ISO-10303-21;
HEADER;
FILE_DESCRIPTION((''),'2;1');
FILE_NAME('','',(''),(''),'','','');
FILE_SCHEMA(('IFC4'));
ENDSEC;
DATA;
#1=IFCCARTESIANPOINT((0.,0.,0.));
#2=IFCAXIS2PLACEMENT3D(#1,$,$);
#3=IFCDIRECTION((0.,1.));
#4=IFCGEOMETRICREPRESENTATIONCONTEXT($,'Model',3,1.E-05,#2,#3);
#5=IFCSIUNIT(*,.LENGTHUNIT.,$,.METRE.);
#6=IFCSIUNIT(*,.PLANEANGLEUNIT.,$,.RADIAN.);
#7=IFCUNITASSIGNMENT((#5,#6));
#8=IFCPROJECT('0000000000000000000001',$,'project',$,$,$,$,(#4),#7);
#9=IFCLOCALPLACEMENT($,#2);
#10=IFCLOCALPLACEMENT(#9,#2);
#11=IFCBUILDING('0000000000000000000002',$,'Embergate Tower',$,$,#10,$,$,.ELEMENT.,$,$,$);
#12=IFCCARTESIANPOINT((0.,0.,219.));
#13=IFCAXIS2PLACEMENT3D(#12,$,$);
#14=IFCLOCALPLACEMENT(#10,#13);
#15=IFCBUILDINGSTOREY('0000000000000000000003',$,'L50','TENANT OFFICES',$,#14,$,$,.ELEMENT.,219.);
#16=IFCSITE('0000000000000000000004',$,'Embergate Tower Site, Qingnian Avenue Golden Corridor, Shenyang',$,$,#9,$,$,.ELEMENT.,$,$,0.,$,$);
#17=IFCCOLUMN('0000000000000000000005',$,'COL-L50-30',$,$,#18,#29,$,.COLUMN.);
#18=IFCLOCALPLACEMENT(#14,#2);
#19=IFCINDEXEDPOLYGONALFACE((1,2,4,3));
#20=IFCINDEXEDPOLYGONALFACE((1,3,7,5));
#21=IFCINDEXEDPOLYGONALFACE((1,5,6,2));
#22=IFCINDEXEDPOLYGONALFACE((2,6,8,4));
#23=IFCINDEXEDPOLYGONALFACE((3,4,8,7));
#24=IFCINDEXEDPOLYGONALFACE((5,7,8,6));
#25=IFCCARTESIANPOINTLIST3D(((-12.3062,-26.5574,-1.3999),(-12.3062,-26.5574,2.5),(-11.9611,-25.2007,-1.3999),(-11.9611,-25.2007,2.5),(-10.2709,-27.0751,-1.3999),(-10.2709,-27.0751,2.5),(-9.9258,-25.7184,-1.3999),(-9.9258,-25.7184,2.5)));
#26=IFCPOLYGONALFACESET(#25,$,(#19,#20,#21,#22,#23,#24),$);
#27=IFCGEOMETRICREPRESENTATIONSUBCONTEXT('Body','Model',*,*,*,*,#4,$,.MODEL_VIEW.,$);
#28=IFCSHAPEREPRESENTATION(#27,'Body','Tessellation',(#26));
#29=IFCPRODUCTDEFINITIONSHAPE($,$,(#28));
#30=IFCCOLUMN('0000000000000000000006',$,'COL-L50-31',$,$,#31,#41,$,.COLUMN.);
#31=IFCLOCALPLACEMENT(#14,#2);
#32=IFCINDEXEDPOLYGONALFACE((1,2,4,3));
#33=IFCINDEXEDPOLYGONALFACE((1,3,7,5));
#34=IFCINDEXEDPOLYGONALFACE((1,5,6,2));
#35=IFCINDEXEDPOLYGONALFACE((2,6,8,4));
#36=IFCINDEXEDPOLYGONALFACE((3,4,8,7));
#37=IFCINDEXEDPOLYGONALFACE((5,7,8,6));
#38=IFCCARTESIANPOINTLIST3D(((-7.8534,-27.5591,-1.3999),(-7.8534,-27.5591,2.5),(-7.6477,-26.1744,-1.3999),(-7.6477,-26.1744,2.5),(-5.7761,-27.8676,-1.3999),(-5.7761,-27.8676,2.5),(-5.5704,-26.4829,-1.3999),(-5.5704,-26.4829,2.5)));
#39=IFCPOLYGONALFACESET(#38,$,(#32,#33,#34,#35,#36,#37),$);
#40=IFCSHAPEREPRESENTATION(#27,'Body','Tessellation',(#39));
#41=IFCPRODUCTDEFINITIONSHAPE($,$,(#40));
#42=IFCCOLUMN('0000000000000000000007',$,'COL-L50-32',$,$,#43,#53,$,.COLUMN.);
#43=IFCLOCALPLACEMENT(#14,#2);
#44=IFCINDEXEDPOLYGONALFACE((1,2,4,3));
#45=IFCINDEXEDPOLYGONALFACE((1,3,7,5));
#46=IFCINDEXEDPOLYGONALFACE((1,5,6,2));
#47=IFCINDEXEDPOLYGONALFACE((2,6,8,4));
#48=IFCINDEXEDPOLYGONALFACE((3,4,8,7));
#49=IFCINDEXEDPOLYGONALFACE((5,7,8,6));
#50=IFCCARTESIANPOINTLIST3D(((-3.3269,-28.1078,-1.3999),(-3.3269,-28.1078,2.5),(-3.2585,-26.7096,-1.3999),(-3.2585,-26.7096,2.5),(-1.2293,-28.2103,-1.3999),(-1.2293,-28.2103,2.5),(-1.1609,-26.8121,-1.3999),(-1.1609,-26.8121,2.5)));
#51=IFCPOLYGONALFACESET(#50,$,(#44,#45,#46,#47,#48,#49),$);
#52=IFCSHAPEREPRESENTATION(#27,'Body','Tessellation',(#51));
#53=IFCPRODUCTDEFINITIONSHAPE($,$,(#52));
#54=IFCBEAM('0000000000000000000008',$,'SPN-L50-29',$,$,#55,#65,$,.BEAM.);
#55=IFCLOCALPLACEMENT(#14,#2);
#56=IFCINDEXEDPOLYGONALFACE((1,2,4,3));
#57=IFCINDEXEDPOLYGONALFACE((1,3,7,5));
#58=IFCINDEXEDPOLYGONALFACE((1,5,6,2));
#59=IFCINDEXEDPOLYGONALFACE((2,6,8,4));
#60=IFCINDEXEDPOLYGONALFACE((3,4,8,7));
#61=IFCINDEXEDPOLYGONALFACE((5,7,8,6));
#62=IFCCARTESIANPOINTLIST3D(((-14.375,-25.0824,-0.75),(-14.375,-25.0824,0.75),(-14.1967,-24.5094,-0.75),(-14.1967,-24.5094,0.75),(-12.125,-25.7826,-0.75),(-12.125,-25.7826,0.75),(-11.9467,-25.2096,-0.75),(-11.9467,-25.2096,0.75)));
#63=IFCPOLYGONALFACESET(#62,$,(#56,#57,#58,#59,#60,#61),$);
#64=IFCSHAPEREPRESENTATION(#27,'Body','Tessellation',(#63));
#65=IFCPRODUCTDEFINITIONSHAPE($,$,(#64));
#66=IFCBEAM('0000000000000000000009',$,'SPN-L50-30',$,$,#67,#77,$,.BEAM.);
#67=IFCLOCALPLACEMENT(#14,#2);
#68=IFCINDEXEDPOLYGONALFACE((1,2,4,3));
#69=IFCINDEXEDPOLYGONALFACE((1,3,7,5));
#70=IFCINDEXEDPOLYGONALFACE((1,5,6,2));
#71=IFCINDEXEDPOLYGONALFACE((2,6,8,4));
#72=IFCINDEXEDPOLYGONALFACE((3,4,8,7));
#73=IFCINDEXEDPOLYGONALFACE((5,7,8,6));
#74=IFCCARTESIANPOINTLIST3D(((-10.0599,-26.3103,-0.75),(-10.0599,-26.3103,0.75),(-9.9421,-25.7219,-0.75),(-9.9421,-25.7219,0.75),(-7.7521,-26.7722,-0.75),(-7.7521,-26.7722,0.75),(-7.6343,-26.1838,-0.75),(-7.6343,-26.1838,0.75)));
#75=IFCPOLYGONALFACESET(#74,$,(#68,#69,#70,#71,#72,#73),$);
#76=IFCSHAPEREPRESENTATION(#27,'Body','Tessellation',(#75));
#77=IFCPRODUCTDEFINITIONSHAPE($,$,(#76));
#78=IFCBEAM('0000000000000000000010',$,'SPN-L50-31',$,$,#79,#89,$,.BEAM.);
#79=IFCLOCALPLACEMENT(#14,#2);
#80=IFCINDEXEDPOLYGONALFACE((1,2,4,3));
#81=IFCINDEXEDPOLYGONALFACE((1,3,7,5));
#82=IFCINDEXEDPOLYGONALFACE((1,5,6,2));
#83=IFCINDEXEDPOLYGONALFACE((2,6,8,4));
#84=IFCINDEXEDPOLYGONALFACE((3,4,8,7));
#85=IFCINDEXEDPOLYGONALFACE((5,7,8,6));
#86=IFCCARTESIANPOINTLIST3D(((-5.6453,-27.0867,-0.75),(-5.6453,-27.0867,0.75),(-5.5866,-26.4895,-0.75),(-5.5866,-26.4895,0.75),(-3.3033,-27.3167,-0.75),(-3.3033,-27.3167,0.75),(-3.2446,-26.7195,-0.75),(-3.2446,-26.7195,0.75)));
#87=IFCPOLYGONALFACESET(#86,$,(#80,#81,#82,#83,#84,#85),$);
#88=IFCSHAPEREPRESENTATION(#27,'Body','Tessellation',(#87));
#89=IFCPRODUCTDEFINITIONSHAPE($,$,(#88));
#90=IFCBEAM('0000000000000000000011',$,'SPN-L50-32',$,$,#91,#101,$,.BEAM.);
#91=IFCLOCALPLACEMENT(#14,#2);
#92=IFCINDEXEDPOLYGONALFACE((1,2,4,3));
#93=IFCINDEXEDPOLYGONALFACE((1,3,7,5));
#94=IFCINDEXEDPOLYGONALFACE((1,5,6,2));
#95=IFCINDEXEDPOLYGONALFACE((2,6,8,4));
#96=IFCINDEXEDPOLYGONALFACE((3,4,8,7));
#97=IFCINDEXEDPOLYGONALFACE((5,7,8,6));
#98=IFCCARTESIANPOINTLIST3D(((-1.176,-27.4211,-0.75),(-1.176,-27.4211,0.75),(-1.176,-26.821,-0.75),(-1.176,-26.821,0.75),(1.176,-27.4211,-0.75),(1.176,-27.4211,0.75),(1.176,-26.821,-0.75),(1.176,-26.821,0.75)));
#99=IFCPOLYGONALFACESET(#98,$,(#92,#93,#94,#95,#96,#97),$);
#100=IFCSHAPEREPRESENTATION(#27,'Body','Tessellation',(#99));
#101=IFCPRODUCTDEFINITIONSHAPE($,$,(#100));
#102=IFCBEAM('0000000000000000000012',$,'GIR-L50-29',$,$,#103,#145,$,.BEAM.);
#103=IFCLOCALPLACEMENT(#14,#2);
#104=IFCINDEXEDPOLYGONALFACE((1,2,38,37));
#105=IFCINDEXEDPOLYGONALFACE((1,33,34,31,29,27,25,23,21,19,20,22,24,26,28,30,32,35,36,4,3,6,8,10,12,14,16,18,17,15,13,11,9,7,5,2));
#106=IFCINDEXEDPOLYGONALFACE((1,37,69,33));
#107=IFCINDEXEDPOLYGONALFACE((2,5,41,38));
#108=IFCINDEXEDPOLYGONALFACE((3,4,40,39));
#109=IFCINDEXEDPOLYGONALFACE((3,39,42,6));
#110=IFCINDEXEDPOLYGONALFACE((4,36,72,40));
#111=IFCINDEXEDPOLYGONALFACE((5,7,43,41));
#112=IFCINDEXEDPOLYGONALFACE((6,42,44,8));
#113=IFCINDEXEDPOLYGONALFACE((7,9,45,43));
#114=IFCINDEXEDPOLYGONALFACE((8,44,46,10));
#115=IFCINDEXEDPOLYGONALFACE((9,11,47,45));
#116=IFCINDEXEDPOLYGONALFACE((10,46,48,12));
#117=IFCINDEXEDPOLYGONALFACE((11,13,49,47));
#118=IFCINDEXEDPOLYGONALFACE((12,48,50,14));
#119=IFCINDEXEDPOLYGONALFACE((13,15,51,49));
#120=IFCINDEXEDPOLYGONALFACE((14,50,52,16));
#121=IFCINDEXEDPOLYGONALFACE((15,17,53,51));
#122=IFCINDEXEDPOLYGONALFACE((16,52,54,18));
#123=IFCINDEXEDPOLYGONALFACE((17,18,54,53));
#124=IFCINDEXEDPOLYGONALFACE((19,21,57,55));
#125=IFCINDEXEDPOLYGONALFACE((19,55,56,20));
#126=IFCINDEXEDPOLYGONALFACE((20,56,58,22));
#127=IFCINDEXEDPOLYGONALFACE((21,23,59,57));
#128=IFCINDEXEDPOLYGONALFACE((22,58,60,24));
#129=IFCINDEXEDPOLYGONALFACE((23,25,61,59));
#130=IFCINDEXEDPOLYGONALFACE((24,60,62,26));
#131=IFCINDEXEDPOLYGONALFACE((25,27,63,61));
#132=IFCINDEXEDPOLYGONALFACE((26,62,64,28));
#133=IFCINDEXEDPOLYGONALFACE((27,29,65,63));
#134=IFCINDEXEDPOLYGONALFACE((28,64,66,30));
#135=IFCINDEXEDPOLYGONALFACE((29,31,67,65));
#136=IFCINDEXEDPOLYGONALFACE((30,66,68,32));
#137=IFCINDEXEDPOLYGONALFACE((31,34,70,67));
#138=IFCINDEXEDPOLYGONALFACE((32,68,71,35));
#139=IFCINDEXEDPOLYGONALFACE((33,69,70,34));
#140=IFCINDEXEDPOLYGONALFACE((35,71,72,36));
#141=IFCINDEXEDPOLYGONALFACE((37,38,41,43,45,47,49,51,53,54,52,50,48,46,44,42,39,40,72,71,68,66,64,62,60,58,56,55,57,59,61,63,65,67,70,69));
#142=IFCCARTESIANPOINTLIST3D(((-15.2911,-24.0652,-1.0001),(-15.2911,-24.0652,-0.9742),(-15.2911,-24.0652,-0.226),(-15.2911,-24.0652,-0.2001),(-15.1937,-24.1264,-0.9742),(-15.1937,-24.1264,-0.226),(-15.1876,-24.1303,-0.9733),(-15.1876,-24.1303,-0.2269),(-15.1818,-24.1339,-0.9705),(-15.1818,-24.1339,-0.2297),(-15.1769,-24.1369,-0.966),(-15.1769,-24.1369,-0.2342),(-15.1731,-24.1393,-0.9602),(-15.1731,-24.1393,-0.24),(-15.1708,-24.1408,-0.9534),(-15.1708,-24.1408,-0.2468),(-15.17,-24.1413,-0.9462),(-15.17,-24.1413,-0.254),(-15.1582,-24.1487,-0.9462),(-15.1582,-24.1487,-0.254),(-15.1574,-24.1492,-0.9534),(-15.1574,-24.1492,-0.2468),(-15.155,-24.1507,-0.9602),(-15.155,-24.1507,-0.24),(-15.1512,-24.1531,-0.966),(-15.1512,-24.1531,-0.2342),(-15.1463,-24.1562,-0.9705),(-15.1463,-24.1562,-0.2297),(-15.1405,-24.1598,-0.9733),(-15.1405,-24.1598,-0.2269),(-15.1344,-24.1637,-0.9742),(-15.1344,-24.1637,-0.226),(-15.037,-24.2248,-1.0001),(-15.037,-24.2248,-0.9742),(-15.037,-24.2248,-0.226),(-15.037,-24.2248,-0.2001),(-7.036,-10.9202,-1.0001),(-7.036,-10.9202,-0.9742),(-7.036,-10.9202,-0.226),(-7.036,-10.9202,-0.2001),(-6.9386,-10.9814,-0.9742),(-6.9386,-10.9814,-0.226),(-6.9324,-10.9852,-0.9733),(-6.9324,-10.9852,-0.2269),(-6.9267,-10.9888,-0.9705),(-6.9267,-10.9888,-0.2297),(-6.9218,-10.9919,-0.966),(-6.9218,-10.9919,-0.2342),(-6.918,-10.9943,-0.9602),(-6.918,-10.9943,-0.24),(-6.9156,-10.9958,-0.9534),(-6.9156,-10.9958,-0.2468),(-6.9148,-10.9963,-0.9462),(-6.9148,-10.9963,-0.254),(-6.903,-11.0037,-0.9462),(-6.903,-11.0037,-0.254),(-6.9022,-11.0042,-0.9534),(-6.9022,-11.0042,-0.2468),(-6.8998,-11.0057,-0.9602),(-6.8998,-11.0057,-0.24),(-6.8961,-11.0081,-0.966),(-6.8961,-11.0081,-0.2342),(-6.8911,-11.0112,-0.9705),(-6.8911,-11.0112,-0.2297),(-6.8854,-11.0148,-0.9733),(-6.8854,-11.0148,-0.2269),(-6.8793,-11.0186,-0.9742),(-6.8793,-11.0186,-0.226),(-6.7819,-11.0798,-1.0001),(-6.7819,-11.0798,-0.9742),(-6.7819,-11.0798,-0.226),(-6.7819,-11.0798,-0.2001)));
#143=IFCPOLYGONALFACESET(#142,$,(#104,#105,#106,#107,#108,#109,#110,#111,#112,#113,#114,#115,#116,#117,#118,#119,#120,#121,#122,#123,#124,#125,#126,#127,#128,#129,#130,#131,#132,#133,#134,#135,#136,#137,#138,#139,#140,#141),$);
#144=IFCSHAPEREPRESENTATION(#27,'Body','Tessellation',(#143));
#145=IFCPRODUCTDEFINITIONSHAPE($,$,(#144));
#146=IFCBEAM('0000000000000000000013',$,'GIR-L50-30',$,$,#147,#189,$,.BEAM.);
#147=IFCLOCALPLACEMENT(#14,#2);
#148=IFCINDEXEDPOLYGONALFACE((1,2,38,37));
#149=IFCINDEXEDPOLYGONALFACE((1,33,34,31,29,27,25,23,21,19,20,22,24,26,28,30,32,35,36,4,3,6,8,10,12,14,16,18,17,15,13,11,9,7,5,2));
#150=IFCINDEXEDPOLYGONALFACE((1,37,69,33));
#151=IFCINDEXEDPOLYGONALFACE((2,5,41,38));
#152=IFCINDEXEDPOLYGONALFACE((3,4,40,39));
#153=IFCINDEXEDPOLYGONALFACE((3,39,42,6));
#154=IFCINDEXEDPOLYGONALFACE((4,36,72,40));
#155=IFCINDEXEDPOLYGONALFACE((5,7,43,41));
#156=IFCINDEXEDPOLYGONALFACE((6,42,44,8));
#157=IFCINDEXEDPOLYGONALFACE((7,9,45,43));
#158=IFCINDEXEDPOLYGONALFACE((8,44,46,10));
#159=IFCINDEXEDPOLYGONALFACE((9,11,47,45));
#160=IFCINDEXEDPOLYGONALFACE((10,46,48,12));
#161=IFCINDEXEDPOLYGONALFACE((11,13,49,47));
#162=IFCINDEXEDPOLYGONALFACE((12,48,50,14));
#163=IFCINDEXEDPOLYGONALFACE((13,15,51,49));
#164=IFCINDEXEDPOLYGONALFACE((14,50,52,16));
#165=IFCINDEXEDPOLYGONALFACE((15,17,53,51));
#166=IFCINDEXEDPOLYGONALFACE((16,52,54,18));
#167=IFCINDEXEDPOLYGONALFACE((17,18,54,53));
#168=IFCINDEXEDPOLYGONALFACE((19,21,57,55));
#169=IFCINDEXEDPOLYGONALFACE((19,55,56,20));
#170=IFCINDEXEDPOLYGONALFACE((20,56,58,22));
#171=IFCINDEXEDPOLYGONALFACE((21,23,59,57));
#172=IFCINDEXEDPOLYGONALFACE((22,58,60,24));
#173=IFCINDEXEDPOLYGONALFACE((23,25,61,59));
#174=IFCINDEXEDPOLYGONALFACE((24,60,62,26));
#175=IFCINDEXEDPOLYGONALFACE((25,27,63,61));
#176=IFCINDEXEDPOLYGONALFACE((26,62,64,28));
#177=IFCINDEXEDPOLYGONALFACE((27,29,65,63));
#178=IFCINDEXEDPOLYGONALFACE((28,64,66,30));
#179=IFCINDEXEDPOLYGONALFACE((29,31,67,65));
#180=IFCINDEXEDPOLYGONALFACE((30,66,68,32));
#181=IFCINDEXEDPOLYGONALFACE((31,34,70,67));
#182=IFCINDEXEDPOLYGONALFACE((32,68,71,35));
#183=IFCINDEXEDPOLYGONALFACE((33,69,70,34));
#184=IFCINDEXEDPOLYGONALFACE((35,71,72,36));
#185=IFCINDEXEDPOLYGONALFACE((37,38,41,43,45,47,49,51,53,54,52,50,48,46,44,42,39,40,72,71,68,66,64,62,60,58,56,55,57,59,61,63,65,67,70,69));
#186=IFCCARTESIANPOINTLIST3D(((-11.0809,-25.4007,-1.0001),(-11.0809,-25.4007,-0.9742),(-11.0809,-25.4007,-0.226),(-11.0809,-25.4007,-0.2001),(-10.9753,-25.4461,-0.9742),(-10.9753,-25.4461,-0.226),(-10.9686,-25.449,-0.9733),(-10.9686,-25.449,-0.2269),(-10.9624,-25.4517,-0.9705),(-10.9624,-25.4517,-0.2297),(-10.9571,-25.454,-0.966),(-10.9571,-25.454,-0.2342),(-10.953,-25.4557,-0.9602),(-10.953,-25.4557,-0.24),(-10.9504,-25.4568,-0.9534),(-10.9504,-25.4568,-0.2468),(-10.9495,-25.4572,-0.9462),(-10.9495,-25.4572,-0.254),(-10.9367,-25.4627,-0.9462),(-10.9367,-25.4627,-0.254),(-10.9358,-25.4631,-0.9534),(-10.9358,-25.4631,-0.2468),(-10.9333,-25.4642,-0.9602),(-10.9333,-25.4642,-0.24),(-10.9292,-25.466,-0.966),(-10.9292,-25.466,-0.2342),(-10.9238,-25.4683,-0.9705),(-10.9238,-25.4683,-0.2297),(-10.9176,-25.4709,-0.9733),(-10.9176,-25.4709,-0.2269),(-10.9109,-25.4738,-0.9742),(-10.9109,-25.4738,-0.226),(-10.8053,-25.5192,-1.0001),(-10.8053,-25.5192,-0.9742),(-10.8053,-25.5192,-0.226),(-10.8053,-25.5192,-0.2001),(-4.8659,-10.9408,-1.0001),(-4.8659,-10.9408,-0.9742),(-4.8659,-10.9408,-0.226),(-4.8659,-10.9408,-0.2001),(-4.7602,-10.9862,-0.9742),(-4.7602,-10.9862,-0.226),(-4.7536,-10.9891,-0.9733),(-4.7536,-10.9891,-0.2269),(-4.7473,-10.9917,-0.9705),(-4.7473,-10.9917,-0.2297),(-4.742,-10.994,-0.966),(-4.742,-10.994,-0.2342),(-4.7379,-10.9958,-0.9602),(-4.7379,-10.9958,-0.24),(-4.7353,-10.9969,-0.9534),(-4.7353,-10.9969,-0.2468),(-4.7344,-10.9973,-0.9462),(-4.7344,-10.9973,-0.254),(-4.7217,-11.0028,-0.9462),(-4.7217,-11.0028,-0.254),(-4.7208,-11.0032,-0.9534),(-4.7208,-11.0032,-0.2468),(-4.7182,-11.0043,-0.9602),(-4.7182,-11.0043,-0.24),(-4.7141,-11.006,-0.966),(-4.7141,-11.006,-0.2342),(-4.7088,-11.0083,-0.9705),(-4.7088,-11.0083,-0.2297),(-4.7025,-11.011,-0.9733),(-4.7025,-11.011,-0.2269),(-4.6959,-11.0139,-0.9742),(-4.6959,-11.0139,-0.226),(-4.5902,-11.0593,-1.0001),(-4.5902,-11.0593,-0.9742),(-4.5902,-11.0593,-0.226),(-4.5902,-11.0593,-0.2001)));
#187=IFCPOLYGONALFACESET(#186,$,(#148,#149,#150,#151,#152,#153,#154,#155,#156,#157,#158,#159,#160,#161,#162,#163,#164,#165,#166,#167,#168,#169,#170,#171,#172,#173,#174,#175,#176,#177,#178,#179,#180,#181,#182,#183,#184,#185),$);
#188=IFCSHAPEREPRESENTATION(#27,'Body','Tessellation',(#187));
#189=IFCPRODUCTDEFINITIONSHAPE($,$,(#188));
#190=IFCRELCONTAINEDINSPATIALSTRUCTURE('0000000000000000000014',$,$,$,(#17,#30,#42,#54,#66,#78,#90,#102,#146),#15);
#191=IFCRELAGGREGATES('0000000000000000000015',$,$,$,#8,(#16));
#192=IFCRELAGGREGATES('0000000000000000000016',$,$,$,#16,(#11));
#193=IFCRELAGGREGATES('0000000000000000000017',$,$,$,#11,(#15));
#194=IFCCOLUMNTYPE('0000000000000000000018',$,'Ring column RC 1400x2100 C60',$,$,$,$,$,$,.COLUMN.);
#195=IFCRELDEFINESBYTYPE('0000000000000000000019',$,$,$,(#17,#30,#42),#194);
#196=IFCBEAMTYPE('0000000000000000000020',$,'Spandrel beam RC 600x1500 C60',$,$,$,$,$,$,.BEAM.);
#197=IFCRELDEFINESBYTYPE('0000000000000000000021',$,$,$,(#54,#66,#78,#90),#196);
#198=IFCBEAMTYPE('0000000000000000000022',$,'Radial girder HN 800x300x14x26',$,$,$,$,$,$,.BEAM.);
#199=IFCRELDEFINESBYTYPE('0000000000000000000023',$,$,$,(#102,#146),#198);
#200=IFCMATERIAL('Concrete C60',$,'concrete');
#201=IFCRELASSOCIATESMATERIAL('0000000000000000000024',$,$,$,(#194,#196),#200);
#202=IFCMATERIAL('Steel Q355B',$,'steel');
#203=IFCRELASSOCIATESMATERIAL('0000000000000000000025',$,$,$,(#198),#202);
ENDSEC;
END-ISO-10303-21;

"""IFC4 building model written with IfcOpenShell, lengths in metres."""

from ifc_helpers import new_model, si_unit, direction, frame, origin, origin_2d, place, context, subcontext, project, spatial, rectangle, i_section, extrude, source, transform, mapped, material, material_profile, profile_set, type_object, element, save


model = new_model("IFC4")

# Units and contexts
model_context = context("Model", 3, precision=1e-05, world=origin(), true_north=direction((0.0, 1.0)))
body_context = subcontext(model_context, "Body", "Model", "MODEL_VIEW")
ifc_project = project(units=[si_unit("LENGTHUNIT", "METRE"), si_unit("PLANEANGLEUNIT", "RADIAN")], contexts=[model_context])

# Site, building, storey
site_placement = place(None, origin())
site = spatial("IfcSite", under=ifc_project, at=site_placement, Name="Embergate Tower Site, Qingnian Avenue Golden Corridor, Shenyang", CompositionType="ELEMENT", RefElevation=0.0)
building_placement = place(site_placement, origin())
building = spatial("IfcBuilding", under=site, at=building_placement, Name="Embergate Tower", CompositionType="ELEMENT")
storey_placement = place(building_placement, frame((0.0, 0.0, 219.0)))
storey = spatial("IfcBuildingStorey", under=building, at=storey_placement, Name="L50", Description="TENANT OFFICES", CompositionType="ELEMENT", Elevation=219.0)

# Columns
ifc_material_1 = material(Name="Concrete C60", Category="concrete")
ifc_material_profile_1 = material_profile(ifc_material_1, rectangle(XDim=1.3999, YDim=2.1001, at=origin_2d()), Name="RC 1400x2100")
ifc_profile_set_1 = profile_set([ifc_material_profile_1], Name="Concrete C60")
column_type = type_object("IfcColumnType", Name="Ring column RC 1400x2100 C60", PredefinedType="COLUMN", material=ifc_profile_set_1)
shared_shape_1 = source(origin(), body_context, "Body", "SweptSolid", [
    extrude(rectangle(XDim=1.3999, YDim=2.1001, at=origin_2d()), origin(), (0.0, 0.0, 1.0), 3.8999),
])
for number, where, z_axis, x_axis, name in (
    (1, (-11.116, -26.1379, -1.3999), (0.0, 0.0, 1.0), (-0.246509, -0.969141, 0.0), "COL-L50-30"),
    (2, (-6.7119, -27.021, -1.3999), (0.0, 0.0, 1.0), (-0.146929, -0.989147, 0.0), "COL-L50-31"),
    (3, (-2.2439, -27.46, -1.3999), (0.0, 0.0, 1.0), (-0.048815, -0.998808, 0.0), "COL-L50-32"),
):
    element("IfcColumn", number, at=place(storey_placement, frame(where, z_axis=z_axis, x_axis=x_axis)), inside=storey, type_object=column_type, Name=name, PredefinedType="COLUMN", context=body_context, shape_type="MappedRepresentation", body=[
        mapped(shared_shape_1, transform((0.0, 0.0, 0.0))),
    ])

# Beams
ifc_material_profile_2 = material_profile(ifc_material_1, rectangle(XDim=0.6001, YDim=1.5, at=origin_2d()), Name="RC 600x1500")
ifc_profile_set_2 = profile_set([ifc_material_profile_2], Name="Concrete C60")
beam_type_1 = type_object("IfcBeamType", Name="Spandrel beam RC 600x1500 C60", PredefinedType="BEAM", material=ifc_profile_set_2)
shared_shape_2 = source(origin(), body_context, "Body", "SweptSolid", [
    extrude(rectangle(XDim=0.6001, YDim=1.5, at=origin_2d()), origin(), (0.0, 0.0, 1.0), 2.3564),
])
beam_1_placement = place(storey_placement, frame((-14.2859, -24.7959, 0.0), z_axis=(0.954833, -0.297142, 0.0), x_axis=(0.297142, 0.954833, 0.0)))
element("IfcBeam", 4, at=beam_1_placement, inside=storey, type_object=beam_type_1, Name="SPN-L50-29", PredefinedType="BEAM", context=body_context, shape_type="MappedRepresentation", body=[
    mapped(shared_shape_2, transform((0.0, 0.0, 0.0))),
])
shared_shape_3 = source(origin(), body_context, "Body", "SweptSolid", [
    extrude(rectangle(XDim=0.6001, YDim=1.5, at=origin_2d()), origin(), (0.0, 0.0, 1.0), 2.3535),
])
beam_2_placement = place(storey_placement, frame((-10.001, -26.0161, 0.0), z_axis=(0.980553, -0.196256, 0.0), x_axis=(0.196256, 0.980553, 0.0)))
element("IfcBeam", 5, at=beam_2_placement, inside=storey, type_object=beam_type_1, Name="SPN-L50-30", PredefinedType="BEAM", context=body_context, shape_type="MappedRepresentation", body=[
    mapped(shared_shape_3, transform((0.0, 0.0, 0.0))),
])
shared_shape_4 = source(origin(), body_context, "Body", "SweptSolid", [
    extrude(rectangle(XDim=0.6001, YDim=1.5, at=origin_2d()), origin(), (0.0, 0.0, 1.0), 2.3533),
])
beam_3_placement = place(storey_placement, frame((-5.616, -26.7881, 0.0), z_axis=(0.995213, -0.097727, 0.0), x_axis=(0.097727, 0.995213, 0.0)))
element("IfcBeam", 6, at=beam_3_placement, inside=storey, type_object=beam_type_1, Name="SPN-L50-31", PredefinedType="BEAM", context=body_context, shape_type="MappedRepresentation", body=[
    mapped(shared_shape_4, transform((0.0, 0.0, 0.0))),
])
shared_shape_5 = source(origin(), body_context, "Body", "SweptSolid", [
    extrude(rectangle(XDim=0.6001, YDim=1.5, at=origin_2d()), origin(), (0.0, 0.0, 1.0), 2.3521),
])
beam_4_placement = place(storey_placement, frame((-1.176, -27.1211, 0.0), z_axis=(1.0, 0.0, 0.0), x_axis=(0.0, 1.0, 0.0)))
element("IfcBeam", 7, at=beam_4_placement, inside=storey, type_object=beam_type_1, Name="SPN-L50-32", PredefinedType="BEAM", context=body_context, shape_type="MappedRepresentation", body=[
    mapped(shared_shape_5, transform((0.0, 0.0, 0.0))),
])
ifc_material_2 = material(Name="Steel Q355B", Category="steel")
ifc_material_profile_3 = material_profile(ifc_material_2, i_section(OverallWidth=0.3, OverallDepth=0.8, WebThickness=0.0139, FlangeThickness=0.0259, FilletRadius=0.0281, at=origin_2d()), Name="HN 800x300x14x26")
ifc_profile_set_3 = profile_set([ifc_material_profile_3], Name="Steel Q355 grade B")
beam_type_2 = type_object("IfcBeamType", Name="Radial girder HN 800x300x14x26", PredefinedType="BEAM", material=ifc_profile_set_3)
shared_shape_6 = source(origin(), body_context, "Body", "SweptSolid", [
    extrude(i_section(OverallWidth=0.3, OverallDepth=0.8, WebThickness=0.0139, FlangeThickness=0.0259, FilletRadius=0.0281, at=origin_2d()), origin(), (0.0, 0.0, 1.0), 15.5222),
])
beam_5_placement = place(storey_placement, frame((-15.1641, -24.145, -0.6001), z_axis=(0.531827, 0.846853, 0.0), x_axis=(-0.846853, 0.531827, 0.0)))
element("IfcBeam", 8, at=beam_5_placement, inside=storey, type_object=beam_type_2, Name="GIR-L50-29", PredefinedType="BEAM", context=body_context, shape_type="MappedRepresentation", body=[
    mapped(shared_shape_6, transform((0.0, 0.0, 0.0))),
])
shared_shape_7 = source(origin(), body_context, "Body", "SweptSolid", [
    extrude(i_section(OverallWidth=0.3, OverallDepth=0.8, WebThickness=0.0139, FlangeThickness=0.0259, FilletRadius=0.0281, at=origin_2d()), origin(), (0.0, 0.0, 1.0), 15.739),
])
beam_6_placement = place(storey_placement, frame((-10.9431, -25.46, -0.6001), z_axis=(0.394883, 0.918731, 0.0), x_axis=(-0.918731, 0.394883, 0.0)))
element("IfcBeam", 9, at=beam_6_placement, inside=storey, type_object=beam_type_2, Name="GIR-L50-30", PredefinedType="BEAM", context=body_context, shape_type="MappedRepresentation", body=[
    mapped(shared_shape_7, transform((0.0, 0.0, 0.0))),
])

save(model, "model.ifc")
